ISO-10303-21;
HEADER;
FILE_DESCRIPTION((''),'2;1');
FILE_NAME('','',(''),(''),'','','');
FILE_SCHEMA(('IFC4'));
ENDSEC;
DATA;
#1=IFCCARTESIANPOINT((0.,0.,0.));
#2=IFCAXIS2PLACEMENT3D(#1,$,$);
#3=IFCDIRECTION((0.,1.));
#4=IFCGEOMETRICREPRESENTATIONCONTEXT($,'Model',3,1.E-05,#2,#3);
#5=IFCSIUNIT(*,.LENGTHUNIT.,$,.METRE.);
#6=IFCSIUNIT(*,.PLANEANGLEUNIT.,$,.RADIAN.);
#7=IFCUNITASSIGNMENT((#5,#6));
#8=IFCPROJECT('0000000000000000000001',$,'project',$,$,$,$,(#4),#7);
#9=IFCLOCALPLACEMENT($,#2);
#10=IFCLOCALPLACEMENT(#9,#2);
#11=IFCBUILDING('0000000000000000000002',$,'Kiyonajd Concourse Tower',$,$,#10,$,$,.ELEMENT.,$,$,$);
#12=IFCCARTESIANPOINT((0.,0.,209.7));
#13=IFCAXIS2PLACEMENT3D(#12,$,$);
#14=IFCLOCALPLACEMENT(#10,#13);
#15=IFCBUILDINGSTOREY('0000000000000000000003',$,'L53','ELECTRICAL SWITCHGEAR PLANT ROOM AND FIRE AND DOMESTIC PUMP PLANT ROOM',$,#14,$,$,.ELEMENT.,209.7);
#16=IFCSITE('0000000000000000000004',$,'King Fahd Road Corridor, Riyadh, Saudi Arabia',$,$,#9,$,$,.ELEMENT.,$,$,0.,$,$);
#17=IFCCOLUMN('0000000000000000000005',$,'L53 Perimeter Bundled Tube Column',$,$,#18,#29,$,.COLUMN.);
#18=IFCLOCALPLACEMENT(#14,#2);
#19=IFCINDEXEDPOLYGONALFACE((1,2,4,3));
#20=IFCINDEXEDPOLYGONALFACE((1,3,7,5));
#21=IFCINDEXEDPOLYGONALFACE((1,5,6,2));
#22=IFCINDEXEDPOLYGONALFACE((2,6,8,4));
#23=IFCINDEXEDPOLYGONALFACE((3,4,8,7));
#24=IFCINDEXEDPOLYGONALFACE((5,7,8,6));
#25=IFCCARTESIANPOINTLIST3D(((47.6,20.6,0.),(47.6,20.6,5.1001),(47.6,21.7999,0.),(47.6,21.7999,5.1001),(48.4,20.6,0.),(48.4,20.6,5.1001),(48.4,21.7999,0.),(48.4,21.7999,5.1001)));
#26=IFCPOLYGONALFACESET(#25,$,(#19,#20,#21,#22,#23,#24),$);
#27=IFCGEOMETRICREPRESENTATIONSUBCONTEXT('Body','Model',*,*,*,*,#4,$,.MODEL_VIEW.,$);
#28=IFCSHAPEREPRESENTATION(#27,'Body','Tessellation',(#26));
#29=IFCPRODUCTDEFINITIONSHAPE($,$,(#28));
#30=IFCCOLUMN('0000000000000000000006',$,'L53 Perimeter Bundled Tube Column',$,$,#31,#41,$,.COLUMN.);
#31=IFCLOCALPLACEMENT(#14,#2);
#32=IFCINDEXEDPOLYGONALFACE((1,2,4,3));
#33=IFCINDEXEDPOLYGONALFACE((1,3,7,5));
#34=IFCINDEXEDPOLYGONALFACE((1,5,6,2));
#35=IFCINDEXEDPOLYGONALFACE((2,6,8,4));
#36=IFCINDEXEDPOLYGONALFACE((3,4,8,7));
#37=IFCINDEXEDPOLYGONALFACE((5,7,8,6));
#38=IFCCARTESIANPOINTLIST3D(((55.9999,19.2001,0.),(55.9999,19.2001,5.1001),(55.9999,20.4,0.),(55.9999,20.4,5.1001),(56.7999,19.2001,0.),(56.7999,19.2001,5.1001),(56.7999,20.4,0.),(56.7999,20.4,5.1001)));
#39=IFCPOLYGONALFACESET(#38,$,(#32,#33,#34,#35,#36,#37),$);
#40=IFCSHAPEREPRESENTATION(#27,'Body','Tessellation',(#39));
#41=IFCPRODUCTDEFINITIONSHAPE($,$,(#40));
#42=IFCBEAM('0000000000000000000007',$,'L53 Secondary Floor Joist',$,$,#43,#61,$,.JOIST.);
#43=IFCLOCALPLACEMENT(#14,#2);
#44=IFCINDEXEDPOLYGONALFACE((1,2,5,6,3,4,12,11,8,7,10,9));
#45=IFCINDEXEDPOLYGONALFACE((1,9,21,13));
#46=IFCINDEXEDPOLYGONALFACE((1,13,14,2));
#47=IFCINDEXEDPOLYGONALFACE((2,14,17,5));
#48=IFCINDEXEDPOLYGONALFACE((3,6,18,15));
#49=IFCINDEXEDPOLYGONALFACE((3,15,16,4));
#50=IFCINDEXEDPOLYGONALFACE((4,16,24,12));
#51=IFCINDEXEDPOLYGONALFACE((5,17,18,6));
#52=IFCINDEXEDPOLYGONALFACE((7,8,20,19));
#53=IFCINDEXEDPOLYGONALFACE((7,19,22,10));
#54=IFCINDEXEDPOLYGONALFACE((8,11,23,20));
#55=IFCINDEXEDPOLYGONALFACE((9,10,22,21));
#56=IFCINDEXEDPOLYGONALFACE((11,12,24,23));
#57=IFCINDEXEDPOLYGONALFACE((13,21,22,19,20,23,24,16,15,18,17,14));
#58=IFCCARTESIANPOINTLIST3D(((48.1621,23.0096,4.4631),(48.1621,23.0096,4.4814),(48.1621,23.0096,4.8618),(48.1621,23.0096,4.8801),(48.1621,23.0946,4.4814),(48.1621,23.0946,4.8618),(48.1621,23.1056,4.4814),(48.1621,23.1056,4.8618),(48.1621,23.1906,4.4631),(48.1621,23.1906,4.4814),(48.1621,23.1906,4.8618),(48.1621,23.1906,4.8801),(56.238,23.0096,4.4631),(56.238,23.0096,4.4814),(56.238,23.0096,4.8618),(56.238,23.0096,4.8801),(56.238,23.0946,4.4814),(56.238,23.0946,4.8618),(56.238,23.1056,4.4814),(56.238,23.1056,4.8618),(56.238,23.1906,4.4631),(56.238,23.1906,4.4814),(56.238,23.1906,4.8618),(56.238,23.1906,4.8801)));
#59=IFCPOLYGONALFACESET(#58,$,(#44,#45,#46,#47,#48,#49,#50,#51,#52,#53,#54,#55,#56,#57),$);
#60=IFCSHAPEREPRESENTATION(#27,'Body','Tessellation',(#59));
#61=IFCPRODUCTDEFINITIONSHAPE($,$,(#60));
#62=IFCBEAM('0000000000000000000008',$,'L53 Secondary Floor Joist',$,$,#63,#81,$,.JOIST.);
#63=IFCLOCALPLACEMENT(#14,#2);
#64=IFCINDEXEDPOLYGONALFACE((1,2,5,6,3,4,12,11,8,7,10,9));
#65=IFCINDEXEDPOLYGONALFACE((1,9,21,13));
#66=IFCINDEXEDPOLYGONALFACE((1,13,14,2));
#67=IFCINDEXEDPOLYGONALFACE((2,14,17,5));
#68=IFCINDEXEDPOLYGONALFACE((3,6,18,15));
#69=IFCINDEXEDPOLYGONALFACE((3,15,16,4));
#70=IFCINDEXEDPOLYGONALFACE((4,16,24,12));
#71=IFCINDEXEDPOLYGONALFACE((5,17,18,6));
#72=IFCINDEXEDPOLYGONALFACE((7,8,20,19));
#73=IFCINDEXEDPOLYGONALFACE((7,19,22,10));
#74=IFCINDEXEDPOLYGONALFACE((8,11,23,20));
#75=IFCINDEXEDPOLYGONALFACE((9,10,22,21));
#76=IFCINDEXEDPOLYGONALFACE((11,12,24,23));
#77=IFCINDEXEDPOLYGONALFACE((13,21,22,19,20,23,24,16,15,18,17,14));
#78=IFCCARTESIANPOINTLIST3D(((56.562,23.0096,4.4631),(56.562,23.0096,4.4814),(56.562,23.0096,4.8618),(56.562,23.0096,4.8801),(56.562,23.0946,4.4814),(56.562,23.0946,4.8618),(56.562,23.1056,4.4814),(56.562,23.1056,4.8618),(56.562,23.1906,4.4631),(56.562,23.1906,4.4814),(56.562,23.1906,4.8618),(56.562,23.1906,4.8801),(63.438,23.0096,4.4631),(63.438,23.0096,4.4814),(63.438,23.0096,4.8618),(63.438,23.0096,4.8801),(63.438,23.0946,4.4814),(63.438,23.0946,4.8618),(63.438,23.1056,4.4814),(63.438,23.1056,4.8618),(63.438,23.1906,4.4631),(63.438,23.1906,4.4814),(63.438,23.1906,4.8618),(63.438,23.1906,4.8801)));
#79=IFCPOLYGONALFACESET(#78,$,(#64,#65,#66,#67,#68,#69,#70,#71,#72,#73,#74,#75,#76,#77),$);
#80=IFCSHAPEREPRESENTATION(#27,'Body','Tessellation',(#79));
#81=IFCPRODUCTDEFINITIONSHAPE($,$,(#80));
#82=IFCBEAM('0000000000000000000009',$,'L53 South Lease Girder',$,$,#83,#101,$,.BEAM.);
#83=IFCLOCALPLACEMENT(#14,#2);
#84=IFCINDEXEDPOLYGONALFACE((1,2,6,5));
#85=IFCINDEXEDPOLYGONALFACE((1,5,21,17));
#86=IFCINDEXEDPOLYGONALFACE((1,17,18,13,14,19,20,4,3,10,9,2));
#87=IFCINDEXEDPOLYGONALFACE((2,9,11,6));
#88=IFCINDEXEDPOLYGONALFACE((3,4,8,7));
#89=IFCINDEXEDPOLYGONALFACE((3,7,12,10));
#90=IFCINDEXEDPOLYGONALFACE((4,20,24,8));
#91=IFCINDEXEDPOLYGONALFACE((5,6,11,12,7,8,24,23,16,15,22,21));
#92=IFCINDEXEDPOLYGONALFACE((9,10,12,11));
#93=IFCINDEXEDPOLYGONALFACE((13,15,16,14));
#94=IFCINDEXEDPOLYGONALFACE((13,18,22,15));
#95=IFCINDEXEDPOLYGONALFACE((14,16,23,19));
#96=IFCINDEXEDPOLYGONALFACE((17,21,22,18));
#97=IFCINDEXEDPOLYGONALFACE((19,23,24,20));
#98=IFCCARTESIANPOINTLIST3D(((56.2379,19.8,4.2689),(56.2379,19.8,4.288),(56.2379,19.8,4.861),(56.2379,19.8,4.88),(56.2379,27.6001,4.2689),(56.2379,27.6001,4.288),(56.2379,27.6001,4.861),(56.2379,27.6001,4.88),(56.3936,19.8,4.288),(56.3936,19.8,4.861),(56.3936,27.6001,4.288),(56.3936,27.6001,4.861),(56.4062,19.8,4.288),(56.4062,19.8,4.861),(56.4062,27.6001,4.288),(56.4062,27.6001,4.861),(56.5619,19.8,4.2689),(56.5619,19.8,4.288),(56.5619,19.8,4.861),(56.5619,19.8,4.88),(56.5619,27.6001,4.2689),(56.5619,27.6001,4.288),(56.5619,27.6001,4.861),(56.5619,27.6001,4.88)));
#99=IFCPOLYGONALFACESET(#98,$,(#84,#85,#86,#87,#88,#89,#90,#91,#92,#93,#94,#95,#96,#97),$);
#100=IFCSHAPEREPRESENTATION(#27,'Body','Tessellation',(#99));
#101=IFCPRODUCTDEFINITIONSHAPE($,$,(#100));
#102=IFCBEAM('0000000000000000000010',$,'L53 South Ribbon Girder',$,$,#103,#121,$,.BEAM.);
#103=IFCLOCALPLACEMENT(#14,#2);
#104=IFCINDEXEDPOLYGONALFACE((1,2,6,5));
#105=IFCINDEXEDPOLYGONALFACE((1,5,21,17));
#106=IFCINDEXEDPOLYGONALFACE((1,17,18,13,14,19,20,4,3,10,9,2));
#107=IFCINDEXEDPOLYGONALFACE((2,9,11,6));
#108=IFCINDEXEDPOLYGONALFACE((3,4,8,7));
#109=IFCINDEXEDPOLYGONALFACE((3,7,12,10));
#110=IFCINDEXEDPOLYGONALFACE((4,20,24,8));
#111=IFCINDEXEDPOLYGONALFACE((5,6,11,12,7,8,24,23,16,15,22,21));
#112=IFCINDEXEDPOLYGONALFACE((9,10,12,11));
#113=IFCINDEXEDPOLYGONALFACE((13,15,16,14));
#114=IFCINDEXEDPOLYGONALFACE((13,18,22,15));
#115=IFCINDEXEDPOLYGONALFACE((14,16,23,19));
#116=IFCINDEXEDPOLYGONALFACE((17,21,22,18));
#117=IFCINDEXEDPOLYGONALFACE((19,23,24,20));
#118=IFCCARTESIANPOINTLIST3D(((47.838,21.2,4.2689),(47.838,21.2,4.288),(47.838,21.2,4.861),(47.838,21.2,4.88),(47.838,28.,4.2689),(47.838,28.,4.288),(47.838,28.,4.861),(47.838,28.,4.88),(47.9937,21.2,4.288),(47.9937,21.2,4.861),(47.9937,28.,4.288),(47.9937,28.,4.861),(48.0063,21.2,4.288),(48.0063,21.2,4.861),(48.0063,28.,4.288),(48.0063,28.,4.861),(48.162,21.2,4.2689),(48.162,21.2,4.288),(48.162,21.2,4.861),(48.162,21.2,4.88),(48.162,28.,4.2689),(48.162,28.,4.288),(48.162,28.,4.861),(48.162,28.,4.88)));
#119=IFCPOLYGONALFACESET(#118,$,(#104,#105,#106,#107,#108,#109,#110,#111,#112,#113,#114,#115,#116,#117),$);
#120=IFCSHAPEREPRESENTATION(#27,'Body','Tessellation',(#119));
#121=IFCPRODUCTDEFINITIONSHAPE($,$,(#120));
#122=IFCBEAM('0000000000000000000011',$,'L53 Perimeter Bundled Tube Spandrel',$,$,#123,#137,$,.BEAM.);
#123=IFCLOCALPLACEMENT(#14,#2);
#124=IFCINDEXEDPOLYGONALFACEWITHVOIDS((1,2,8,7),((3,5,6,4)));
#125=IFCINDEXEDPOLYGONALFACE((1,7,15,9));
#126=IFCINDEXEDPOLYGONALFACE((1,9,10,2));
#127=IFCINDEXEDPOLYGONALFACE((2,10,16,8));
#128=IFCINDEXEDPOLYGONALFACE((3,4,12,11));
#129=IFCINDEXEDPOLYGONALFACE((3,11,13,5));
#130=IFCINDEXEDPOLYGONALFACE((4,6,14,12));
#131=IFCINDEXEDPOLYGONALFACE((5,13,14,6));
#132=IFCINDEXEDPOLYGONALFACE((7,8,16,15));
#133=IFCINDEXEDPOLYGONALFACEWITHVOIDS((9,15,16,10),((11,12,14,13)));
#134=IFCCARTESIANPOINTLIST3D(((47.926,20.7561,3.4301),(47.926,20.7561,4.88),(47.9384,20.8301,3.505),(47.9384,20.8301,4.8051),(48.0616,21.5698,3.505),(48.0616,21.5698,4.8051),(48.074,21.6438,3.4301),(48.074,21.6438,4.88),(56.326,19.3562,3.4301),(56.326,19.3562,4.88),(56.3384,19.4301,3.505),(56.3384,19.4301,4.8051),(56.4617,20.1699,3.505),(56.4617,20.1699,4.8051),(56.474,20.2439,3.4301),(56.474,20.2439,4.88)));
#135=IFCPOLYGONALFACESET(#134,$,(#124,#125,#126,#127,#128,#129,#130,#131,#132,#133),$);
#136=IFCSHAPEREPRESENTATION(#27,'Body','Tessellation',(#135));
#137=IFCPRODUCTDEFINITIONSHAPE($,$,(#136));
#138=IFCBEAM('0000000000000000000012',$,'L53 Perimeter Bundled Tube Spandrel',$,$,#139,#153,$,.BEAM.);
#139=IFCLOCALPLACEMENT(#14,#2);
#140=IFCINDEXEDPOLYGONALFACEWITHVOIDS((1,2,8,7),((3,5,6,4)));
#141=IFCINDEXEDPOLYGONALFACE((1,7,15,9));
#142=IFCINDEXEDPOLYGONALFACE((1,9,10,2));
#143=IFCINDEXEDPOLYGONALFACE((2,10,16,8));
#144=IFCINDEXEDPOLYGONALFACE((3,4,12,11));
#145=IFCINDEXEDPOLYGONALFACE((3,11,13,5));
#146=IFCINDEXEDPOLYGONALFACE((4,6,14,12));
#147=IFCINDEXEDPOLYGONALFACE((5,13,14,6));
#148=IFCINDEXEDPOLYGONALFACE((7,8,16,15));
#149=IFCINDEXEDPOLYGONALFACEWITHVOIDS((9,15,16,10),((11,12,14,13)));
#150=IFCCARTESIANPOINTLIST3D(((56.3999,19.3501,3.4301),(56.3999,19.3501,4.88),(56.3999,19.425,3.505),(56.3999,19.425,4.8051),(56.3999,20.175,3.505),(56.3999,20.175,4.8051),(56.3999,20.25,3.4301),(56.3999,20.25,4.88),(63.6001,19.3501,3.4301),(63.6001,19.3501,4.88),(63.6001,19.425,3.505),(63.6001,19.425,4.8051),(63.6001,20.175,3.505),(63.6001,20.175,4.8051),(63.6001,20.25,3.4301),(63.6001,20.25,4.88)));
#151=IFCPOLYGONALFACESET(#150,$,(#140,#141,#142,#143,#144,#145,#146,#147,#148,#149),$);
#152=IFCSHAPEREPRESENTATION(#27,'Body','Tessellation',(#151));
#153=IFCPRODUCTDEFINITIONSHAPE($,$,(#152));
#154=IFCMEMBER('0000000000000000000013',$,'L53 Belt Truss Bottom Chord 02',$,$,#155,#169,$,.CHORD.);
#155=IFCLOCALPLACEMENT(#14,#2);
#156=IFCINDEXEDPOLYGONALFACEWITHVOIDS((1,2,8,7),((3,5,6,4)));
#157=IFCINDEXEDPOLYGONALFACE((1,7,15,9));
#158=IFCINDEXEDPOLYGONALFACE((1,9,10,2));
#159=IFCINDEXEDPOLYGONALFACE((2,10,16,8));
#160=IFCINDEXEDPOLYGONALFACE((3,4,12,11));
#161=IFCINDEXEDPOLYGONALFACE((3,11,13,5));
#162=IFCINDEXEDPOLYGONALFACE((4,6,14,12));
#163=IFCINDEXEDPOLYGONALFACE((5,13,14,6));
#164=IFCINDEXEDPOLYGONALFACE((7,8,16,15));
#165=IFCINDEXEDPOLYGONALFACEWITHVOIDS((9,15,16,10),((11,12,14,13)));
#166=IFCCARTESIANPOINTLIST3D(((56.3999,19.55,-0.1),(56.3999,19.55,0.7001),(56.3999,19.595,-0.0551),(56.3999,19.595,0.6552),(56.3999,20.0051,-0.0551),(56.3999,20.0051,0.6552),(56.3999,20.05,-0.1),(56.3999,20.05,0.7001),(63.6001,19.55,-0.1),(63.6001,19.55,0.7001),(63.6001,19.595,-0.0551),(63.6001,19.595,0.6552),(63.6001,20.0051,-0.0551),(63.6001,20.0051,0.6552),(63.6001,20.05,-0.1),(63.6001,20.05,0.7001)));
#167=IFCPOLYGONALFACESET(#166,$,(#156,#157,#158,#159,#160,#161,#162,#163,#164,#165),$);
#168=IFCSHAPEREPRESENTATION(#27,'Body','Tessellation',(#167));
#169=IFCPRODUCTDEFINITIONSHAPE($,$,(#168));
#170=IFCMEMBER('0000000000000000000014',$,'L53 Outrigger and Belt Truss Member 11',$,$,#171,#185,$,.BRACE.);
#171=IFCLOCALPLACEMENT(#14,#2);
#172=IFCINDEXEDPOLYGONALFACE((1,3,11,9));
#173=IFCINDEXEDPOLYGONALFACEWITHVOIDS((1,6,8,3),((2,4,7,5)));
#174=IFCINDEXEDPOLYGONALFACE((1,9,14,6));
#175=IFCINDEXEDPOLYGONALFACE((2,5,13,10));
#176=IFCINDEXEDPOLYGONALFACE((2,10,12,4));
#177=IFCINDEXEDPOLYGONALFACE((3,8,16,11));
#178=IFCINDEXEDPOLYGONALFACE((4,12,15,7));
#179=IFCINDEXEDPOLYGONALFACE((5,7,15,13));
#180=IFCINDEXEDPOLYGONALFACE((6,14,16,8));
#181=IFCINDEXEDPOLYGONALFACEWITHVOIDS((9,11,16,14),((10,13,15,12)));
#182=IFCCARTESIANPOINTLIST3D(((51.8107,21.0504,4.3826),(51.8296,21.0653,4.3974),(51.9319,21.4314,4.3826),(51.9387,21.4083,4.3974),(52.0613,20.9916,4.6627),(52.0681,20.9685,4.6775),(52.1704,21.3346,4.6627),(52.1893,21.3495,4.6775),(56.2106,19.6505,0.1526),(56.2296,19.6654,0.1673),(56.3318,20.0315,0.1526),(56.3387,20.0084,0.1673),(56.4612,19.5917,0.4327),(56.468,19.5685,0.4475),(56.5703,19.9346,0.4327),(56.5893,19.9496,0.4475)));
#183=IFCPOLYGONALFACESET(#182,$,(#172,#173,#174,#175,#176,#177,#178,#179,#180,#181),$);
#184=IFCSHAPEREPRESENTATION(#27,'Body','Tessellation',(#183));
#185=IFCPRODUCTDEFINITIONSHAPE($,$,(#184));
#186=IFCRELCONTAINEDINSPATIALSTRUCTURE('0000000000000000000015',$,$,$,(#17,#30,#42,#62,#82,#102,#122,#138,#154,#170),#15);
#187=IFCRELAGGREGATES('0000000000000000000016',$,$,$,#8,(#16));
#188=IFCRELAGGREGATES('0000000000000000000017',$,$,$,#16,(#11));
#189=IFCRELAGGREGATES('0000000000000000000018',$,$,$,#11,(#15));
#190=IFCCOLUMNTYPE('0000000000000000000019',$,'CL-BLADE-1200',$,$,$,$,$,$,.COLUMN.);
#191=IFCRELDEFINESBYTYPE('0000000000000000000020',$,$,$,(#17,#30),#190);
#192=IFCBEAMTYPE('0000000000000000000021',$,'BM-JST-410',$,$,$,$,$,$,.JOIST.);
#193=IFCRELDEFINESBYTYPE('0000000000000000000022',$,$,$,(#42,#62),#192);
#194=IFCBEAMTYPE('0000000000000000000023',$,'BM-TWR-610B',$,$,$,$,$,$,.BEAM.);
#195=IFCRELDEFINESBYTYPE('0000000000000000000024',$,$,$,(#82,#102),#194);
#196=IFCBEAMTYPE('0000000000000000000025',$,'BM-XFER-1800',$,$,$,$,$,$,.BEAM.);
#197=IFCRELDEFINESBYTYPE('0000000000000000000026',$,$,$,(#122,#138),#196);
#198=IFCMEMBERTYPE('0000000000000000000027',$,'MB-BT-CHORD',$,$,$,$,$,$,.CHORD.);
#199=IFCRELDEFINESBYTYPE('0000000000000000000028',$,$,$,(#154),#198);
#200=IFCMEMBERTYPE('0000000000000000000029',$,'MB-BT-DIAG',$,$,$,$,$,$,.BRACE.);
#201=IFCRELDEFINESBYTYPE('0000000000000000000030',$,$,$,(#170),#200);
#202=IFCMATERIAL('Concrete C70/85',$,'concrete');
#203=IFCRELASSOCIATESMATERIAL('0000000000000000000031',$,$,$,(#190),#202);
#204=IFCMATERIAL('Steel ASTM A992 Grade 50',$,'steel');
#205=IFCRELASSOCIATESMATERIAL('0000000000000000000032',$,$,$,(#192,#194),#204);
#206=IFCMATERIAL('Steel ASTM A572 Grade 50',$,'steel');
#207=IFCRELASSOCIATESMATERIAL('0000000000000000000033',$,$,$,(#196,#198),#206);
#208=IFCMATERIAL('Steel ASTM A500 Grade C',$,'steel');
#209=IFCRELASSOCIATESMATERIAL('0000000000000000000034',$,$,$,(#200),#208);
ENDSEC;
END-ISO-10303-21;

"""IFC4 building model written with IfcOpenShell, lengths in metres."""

from ifc_helpers import new_model, si_unit, direction, frame, origin, origin_2d, place, context, subcontext, project, spatial, rectangle, hollow_rectangle, i_section, extrude, material, material_profile, profile_set, type_object, element, save


model = new_model("IFC4")

# Units and contexts
model_context = context("Model", 3, precision=1e-05, world=origin(), true_north=direction((0.0, 1.0)))
body_context = subcontext(model_context, "Body", "Model", "MODEL_VIEW")
ifc_project = project(units=[si_unit("LENGTHUNIT", "METRE"), si_unit("PLANEANGLEUNIT", "RADIAN")], contexts=[model_context])

# Site, building, storey
site_placement = place(None, origin())
site = spatial("IfcSite", under=ifc_project, at=site_placement, Name="King Fahd Road Corridor, Riyadh, Saudi Arabia", CompositionType="ELEMENT", RefElevation=0.0)
building_placement = place(site_placement, origin())
building = spatial("IfcBuilding", under=site, at=building_placement, Name="Kiyonajd Concourse Tower", CompositionType="ELEMENT")
storey_placement = place(building_placement, frame((0.0, 0.0, 209.7)))
storey = spatial("IfcBuildingStorey", under=building, at=storey_placement, Name="L53", Description="ELECTRICAL SWITCHGEAR PLANT ROOM AND FIRE AND DOMESTIC PUMP PLANT ROOM", CompositionType="ELEMENT", Elevation=209.7)

# Columns
ifc_material_1 = material(Name="Concrete C70/85", Category="concrete")
ifc_material_profile_1 = material_profile(ifc_material_1, rectangle(XDim=0.8, YDim=1.2, at=origin_2d()), Name="RC-1200x800")
ifc_profile_set_1 = profile_set([ifc_material_profile_1], Name="Concrete C70/85")
column_type = type_object("IfcColumnType", Name="CL-BLADE-1200", PredefinedType="COLUMN", material=ifc_profile_set_1)
for number, where, z_axis, x_axis, name in (
    (1, (48.0, 21.2, 0.0), (0.0, 0.0, 1.0), (1.0, 0.0, 0.0), "L53 Perimeter Bundled Tube Column"),
    (2, (56.3999, 19.8, 0.0), (0.0, 0.0, 1.0), (1.0, 0.0, 0.0), "L53 Perimeter Bundled Tube Column"),
):
    element("IfcColumn", number, at=place(storey_placement, frame(where, z_axis=z_axis, x_axis=x_axis)), inside=storey, type_object=column_type, Name=name, PredefinedType="COLUMN", context=body_context, shape_type="SweptSolid", body=[
        extrude(rectangle(XDim=0.8, YDim=1.2, at=origin_2d()), origin(), (0.0, 0.0, 1.0), 5.1001),
    ])

# Beams
ifc_material_2 = material(Name="Steel ASTM A992 Grade 50", Category="steel")
ifc_material_profile_2 = material_profile(ifc_material_2, i_section(OverallWidth=0.1809, OverallDepth=0.417, WebThickness=0.011, FlangeThickness=0.0183, at=origin_2d()), Name="W410X85")
ifc_profile_set_2 = profile_set([ifc_material_profile_2], Name="Steel ASTM A992 Grade 50")
beam_type_1 = type_object("IfcBeamType", Name="BM-JST-410", PredefinedType="JOIST", material=ifc_profile_set_2)
beam_1_placement = place(storey_placement, frame((48.1621, 23.1001, 4.6716), z_axis=(1.0, 0.0, 0.0), x_axis=(0.0, 1.0, 0.0)))
element("IfcBeam", 3, at=beam_1_placement, inside=storey, type_object=beam_type_1, Name="L53 Secondary Floor Joist", PredefinedType="JOIST", context=body_context, shape_type="SweptSolid", body=[
    extrude(i_section(OverallWidth=0.1809, OverallDepth=0.417, WebThickness=0.011, FlangeThickness=0.0183, at=origin_2d()), origin(), (0.0, 0.0, 1.0), 8.0759),
])
beam_2_placement = place(storey_placement, frame((56.562, 23.1001, 4.6716), z_axis=(1.0, 0.0, 0.0), x_axis=(0.0, 1.0, 0.0)))
element("IfcBeam", 4, at=beam_2_placement, inside=storey, type_object=beam_type_1, Name="L53 Secondary Floor Joist", PredefinedType="JOIST", context=body_context, shape_type="SweptSolid", body=[
    extrude(i_section(OverallWidth=0.1809, OverallDepth=0.417, WebThickness=0.011, FlangeThickness=0.0183, at=origin_2d()), origin(), (0.0, 0.0, 1.0), 6.876),
])
ifc_material_profile_3 = material_profile(ifc_material_2, i_section(OverallWidth=0.324, OverallDepth=0.6111, WebThickness=0.0127, FlangeThickness=0.019, at=origin_2d()), Name="W610X155")
ifc_profile_set_3 = profile_set([ifc_material_profile_3], Name="Steel ASTM A992 Grade 50")
beam_type_2 = type_object("IfcBeamType", Name="BM-TWR-610B", PredefinedType="BEAM", material=ifc_profile_set_3)
beam_3_placement = place(storey_placement, frame((56.3999, 19.8, 4.5745), z_axis=(0.0, 1.0, 0.0), x_axis=(-1.0, 0.0, 0.0)))
element("IfcBeam", 5, at=beam_3_placement, inside=storey, type_object=beam_type_2, Name="L53 South Lease Girder", PredefinedType="BEAM", context=body_context, shape_type="SweptSolid", body=[
    extrude(i_section(OverallWidth=0.324, OverallDepth=0.6111, WebThickness=0.0127, FlangeThickness=0.019, at=origin_2d()), origin(), (0.0, 0.0, 1.0), 7.8),
])
beam_4_placement = place(storey_placement, frame((48.0, 21.2, 4.5745), z_axis=(0.0, 1.0, 0.0), x_axis=(-1.0, 0.0, 0.0)))
element("IfcBeam", 6, at=beam_4_placement, inside=storey, type_object=beam_type_2, Name="L53 South Ribbon Girder", PredefinedType="BEAM", context=body_context, shape_type="SweptSolid", body=[
    extrude(i_section(OverallWidth=0.324, OverallDepth=0.6111, WebThickness=0.0127, FlangeThickness=0.019, at=origin_2d()), origin(), (0.0, 0.0, 1.0), 6.8),
])
ifc_material_3 = material(Name="Steel ASTM A572 Grade 50", Category="steel")
ifc_material_profile_4 = material_profile(ifc_material_3, hollow_rectangle(XDim=0.8999, YDim=1.45, WallThickness=0.075, at=origin_2d()), Name="BOX-1450x900x75")
ifc_profile_set_4 = profile_set([ifc_material_profile_4], Name="Steel ASTM A572 Grade 50")
beam_type_3 = type_object("IfcBeamType", Name="BM-XFER-1800", PredefinedType="BEAM", material=ifc_profile_set_4)
beam_5_placement = place(storey_placement, frame((48.0, 21.2, 4.155), z_axis=(0.986395, -0.16439, 0.0), x_axis=(0.16439, 0.986395, 0.0)))
element("IfcBeam", 7, at=beam_5_placement, inside=storey, type_object=beam_type_3, Name="L53 Perimeter Bundled Tube Spandrel", PredefinedType="BEAM", context=body_context, shape_type="SweptSolid", body=[
    extrude(hollow_rectangle(XDim=0.8999, YDim=1.45, WallThickness=0.075, at=origin_2d()), origin(), (0.0, 0.0, 1.0), 8.5159),
])
beam_6_placement = place(storey_placement, frame((56.3999, 19.8, 4.155), z_axis=(1.0, 0.0, 0.0), x_axis=(0.0, 1.0, 0.0)))
element("IfcBeam", 8, at=beam_6_placement, inside=storey, type_object=beam_type_3, Name="L53 Perimeter Bundled Tube Spandrel", PredefinedType="BEAM", context=body_context, shape_type="SweptSolid", body=[
    extrude(hollow_rectangle(XDim=0.8999, YDim=1.45, WallThickness=0.075, at=origin_2d()), origin(), (0.0, 0.0, 1.0), 7.2002),
])

# Members
ifc_material_profile_5 = material_profile(ifc_material_3, hollow_rectangle(XDim=0.5, YDim=0.8, WallThickness=0.0449, at=origin_2d()), Name="BOX-800x500x45")
ifc_profile_set_5 = profile_set([ifc_material_profile_5], Name="Steel ASTM A572 Grade 50")
member_type_1 = type_object("IfcMemberType", Name="MB-BT-CHORD", PredefinedType="CHORD", material=ifc_profile_set_5)
member_1_placement = place(storey_placement, frame((56.3999, 19.8, 0.3), z_axis=(1.0, 0.0, 0.0), x_axis=(0.0, 1.0, 0.0)))
element("IfcMember", 9, at=member_1_placement, inside=storey, type_object=member_type_1, Name="L53 Belt Truss Bottom Chord 02", PredefinedType="CHORD", context=body_context, shape_type="SweptSolid", body=[
    extrude(hollow_rectangle(XDim=0.5, YDim=0.8, WallThickness=0.0449, at=origin_2d()), origin(), (0.0, 0.0, 1.0), 7.2002),
])
ifc_material_4 = material(Name="Steel ASTM A500 Grade C", Category="steel")
ifc_material_profile_6 = material_profile(ifc_material_4, hollow_rectangle(XDim=0.3999, YDim=0.3999, WallThickness=0.02, at=origin_2d()), Name="HSS-400x400x20")
ifc_profile_set_6 = profile_set([ifc_material_profile_6], Name="Steel ASTM A500 Grade C")
member_type_2 = type_object("IfcMemberType", Name="MB-BT-DIAG", PredefinedType="BRACE", material=ifc_profile_set_6)
member_2_placement = place(storey_placement, frame((52.0, 21.2, 4.53), z_axis=(0.702645, -0.223558, -0.675509), x_axis=(0.303191, 0.95293, 0.0)))
element("IfcMember", 10, at=member_2_placement, inside=storey, type_object=member_type_2, Name="L53 Outrigger and Belt Truss Member 11", PredefinedType="BRACE", context=body_context, shape_type="SweptSolid", body=[
    extrude(hollow_rectangle(XDim=0.3999, YDim=0.3999, WallThickness=0.02, at=origin_2d()), origin(), (0.0, 0.0, 1.0), 6.262),
])

save(model, "model.ifc")
